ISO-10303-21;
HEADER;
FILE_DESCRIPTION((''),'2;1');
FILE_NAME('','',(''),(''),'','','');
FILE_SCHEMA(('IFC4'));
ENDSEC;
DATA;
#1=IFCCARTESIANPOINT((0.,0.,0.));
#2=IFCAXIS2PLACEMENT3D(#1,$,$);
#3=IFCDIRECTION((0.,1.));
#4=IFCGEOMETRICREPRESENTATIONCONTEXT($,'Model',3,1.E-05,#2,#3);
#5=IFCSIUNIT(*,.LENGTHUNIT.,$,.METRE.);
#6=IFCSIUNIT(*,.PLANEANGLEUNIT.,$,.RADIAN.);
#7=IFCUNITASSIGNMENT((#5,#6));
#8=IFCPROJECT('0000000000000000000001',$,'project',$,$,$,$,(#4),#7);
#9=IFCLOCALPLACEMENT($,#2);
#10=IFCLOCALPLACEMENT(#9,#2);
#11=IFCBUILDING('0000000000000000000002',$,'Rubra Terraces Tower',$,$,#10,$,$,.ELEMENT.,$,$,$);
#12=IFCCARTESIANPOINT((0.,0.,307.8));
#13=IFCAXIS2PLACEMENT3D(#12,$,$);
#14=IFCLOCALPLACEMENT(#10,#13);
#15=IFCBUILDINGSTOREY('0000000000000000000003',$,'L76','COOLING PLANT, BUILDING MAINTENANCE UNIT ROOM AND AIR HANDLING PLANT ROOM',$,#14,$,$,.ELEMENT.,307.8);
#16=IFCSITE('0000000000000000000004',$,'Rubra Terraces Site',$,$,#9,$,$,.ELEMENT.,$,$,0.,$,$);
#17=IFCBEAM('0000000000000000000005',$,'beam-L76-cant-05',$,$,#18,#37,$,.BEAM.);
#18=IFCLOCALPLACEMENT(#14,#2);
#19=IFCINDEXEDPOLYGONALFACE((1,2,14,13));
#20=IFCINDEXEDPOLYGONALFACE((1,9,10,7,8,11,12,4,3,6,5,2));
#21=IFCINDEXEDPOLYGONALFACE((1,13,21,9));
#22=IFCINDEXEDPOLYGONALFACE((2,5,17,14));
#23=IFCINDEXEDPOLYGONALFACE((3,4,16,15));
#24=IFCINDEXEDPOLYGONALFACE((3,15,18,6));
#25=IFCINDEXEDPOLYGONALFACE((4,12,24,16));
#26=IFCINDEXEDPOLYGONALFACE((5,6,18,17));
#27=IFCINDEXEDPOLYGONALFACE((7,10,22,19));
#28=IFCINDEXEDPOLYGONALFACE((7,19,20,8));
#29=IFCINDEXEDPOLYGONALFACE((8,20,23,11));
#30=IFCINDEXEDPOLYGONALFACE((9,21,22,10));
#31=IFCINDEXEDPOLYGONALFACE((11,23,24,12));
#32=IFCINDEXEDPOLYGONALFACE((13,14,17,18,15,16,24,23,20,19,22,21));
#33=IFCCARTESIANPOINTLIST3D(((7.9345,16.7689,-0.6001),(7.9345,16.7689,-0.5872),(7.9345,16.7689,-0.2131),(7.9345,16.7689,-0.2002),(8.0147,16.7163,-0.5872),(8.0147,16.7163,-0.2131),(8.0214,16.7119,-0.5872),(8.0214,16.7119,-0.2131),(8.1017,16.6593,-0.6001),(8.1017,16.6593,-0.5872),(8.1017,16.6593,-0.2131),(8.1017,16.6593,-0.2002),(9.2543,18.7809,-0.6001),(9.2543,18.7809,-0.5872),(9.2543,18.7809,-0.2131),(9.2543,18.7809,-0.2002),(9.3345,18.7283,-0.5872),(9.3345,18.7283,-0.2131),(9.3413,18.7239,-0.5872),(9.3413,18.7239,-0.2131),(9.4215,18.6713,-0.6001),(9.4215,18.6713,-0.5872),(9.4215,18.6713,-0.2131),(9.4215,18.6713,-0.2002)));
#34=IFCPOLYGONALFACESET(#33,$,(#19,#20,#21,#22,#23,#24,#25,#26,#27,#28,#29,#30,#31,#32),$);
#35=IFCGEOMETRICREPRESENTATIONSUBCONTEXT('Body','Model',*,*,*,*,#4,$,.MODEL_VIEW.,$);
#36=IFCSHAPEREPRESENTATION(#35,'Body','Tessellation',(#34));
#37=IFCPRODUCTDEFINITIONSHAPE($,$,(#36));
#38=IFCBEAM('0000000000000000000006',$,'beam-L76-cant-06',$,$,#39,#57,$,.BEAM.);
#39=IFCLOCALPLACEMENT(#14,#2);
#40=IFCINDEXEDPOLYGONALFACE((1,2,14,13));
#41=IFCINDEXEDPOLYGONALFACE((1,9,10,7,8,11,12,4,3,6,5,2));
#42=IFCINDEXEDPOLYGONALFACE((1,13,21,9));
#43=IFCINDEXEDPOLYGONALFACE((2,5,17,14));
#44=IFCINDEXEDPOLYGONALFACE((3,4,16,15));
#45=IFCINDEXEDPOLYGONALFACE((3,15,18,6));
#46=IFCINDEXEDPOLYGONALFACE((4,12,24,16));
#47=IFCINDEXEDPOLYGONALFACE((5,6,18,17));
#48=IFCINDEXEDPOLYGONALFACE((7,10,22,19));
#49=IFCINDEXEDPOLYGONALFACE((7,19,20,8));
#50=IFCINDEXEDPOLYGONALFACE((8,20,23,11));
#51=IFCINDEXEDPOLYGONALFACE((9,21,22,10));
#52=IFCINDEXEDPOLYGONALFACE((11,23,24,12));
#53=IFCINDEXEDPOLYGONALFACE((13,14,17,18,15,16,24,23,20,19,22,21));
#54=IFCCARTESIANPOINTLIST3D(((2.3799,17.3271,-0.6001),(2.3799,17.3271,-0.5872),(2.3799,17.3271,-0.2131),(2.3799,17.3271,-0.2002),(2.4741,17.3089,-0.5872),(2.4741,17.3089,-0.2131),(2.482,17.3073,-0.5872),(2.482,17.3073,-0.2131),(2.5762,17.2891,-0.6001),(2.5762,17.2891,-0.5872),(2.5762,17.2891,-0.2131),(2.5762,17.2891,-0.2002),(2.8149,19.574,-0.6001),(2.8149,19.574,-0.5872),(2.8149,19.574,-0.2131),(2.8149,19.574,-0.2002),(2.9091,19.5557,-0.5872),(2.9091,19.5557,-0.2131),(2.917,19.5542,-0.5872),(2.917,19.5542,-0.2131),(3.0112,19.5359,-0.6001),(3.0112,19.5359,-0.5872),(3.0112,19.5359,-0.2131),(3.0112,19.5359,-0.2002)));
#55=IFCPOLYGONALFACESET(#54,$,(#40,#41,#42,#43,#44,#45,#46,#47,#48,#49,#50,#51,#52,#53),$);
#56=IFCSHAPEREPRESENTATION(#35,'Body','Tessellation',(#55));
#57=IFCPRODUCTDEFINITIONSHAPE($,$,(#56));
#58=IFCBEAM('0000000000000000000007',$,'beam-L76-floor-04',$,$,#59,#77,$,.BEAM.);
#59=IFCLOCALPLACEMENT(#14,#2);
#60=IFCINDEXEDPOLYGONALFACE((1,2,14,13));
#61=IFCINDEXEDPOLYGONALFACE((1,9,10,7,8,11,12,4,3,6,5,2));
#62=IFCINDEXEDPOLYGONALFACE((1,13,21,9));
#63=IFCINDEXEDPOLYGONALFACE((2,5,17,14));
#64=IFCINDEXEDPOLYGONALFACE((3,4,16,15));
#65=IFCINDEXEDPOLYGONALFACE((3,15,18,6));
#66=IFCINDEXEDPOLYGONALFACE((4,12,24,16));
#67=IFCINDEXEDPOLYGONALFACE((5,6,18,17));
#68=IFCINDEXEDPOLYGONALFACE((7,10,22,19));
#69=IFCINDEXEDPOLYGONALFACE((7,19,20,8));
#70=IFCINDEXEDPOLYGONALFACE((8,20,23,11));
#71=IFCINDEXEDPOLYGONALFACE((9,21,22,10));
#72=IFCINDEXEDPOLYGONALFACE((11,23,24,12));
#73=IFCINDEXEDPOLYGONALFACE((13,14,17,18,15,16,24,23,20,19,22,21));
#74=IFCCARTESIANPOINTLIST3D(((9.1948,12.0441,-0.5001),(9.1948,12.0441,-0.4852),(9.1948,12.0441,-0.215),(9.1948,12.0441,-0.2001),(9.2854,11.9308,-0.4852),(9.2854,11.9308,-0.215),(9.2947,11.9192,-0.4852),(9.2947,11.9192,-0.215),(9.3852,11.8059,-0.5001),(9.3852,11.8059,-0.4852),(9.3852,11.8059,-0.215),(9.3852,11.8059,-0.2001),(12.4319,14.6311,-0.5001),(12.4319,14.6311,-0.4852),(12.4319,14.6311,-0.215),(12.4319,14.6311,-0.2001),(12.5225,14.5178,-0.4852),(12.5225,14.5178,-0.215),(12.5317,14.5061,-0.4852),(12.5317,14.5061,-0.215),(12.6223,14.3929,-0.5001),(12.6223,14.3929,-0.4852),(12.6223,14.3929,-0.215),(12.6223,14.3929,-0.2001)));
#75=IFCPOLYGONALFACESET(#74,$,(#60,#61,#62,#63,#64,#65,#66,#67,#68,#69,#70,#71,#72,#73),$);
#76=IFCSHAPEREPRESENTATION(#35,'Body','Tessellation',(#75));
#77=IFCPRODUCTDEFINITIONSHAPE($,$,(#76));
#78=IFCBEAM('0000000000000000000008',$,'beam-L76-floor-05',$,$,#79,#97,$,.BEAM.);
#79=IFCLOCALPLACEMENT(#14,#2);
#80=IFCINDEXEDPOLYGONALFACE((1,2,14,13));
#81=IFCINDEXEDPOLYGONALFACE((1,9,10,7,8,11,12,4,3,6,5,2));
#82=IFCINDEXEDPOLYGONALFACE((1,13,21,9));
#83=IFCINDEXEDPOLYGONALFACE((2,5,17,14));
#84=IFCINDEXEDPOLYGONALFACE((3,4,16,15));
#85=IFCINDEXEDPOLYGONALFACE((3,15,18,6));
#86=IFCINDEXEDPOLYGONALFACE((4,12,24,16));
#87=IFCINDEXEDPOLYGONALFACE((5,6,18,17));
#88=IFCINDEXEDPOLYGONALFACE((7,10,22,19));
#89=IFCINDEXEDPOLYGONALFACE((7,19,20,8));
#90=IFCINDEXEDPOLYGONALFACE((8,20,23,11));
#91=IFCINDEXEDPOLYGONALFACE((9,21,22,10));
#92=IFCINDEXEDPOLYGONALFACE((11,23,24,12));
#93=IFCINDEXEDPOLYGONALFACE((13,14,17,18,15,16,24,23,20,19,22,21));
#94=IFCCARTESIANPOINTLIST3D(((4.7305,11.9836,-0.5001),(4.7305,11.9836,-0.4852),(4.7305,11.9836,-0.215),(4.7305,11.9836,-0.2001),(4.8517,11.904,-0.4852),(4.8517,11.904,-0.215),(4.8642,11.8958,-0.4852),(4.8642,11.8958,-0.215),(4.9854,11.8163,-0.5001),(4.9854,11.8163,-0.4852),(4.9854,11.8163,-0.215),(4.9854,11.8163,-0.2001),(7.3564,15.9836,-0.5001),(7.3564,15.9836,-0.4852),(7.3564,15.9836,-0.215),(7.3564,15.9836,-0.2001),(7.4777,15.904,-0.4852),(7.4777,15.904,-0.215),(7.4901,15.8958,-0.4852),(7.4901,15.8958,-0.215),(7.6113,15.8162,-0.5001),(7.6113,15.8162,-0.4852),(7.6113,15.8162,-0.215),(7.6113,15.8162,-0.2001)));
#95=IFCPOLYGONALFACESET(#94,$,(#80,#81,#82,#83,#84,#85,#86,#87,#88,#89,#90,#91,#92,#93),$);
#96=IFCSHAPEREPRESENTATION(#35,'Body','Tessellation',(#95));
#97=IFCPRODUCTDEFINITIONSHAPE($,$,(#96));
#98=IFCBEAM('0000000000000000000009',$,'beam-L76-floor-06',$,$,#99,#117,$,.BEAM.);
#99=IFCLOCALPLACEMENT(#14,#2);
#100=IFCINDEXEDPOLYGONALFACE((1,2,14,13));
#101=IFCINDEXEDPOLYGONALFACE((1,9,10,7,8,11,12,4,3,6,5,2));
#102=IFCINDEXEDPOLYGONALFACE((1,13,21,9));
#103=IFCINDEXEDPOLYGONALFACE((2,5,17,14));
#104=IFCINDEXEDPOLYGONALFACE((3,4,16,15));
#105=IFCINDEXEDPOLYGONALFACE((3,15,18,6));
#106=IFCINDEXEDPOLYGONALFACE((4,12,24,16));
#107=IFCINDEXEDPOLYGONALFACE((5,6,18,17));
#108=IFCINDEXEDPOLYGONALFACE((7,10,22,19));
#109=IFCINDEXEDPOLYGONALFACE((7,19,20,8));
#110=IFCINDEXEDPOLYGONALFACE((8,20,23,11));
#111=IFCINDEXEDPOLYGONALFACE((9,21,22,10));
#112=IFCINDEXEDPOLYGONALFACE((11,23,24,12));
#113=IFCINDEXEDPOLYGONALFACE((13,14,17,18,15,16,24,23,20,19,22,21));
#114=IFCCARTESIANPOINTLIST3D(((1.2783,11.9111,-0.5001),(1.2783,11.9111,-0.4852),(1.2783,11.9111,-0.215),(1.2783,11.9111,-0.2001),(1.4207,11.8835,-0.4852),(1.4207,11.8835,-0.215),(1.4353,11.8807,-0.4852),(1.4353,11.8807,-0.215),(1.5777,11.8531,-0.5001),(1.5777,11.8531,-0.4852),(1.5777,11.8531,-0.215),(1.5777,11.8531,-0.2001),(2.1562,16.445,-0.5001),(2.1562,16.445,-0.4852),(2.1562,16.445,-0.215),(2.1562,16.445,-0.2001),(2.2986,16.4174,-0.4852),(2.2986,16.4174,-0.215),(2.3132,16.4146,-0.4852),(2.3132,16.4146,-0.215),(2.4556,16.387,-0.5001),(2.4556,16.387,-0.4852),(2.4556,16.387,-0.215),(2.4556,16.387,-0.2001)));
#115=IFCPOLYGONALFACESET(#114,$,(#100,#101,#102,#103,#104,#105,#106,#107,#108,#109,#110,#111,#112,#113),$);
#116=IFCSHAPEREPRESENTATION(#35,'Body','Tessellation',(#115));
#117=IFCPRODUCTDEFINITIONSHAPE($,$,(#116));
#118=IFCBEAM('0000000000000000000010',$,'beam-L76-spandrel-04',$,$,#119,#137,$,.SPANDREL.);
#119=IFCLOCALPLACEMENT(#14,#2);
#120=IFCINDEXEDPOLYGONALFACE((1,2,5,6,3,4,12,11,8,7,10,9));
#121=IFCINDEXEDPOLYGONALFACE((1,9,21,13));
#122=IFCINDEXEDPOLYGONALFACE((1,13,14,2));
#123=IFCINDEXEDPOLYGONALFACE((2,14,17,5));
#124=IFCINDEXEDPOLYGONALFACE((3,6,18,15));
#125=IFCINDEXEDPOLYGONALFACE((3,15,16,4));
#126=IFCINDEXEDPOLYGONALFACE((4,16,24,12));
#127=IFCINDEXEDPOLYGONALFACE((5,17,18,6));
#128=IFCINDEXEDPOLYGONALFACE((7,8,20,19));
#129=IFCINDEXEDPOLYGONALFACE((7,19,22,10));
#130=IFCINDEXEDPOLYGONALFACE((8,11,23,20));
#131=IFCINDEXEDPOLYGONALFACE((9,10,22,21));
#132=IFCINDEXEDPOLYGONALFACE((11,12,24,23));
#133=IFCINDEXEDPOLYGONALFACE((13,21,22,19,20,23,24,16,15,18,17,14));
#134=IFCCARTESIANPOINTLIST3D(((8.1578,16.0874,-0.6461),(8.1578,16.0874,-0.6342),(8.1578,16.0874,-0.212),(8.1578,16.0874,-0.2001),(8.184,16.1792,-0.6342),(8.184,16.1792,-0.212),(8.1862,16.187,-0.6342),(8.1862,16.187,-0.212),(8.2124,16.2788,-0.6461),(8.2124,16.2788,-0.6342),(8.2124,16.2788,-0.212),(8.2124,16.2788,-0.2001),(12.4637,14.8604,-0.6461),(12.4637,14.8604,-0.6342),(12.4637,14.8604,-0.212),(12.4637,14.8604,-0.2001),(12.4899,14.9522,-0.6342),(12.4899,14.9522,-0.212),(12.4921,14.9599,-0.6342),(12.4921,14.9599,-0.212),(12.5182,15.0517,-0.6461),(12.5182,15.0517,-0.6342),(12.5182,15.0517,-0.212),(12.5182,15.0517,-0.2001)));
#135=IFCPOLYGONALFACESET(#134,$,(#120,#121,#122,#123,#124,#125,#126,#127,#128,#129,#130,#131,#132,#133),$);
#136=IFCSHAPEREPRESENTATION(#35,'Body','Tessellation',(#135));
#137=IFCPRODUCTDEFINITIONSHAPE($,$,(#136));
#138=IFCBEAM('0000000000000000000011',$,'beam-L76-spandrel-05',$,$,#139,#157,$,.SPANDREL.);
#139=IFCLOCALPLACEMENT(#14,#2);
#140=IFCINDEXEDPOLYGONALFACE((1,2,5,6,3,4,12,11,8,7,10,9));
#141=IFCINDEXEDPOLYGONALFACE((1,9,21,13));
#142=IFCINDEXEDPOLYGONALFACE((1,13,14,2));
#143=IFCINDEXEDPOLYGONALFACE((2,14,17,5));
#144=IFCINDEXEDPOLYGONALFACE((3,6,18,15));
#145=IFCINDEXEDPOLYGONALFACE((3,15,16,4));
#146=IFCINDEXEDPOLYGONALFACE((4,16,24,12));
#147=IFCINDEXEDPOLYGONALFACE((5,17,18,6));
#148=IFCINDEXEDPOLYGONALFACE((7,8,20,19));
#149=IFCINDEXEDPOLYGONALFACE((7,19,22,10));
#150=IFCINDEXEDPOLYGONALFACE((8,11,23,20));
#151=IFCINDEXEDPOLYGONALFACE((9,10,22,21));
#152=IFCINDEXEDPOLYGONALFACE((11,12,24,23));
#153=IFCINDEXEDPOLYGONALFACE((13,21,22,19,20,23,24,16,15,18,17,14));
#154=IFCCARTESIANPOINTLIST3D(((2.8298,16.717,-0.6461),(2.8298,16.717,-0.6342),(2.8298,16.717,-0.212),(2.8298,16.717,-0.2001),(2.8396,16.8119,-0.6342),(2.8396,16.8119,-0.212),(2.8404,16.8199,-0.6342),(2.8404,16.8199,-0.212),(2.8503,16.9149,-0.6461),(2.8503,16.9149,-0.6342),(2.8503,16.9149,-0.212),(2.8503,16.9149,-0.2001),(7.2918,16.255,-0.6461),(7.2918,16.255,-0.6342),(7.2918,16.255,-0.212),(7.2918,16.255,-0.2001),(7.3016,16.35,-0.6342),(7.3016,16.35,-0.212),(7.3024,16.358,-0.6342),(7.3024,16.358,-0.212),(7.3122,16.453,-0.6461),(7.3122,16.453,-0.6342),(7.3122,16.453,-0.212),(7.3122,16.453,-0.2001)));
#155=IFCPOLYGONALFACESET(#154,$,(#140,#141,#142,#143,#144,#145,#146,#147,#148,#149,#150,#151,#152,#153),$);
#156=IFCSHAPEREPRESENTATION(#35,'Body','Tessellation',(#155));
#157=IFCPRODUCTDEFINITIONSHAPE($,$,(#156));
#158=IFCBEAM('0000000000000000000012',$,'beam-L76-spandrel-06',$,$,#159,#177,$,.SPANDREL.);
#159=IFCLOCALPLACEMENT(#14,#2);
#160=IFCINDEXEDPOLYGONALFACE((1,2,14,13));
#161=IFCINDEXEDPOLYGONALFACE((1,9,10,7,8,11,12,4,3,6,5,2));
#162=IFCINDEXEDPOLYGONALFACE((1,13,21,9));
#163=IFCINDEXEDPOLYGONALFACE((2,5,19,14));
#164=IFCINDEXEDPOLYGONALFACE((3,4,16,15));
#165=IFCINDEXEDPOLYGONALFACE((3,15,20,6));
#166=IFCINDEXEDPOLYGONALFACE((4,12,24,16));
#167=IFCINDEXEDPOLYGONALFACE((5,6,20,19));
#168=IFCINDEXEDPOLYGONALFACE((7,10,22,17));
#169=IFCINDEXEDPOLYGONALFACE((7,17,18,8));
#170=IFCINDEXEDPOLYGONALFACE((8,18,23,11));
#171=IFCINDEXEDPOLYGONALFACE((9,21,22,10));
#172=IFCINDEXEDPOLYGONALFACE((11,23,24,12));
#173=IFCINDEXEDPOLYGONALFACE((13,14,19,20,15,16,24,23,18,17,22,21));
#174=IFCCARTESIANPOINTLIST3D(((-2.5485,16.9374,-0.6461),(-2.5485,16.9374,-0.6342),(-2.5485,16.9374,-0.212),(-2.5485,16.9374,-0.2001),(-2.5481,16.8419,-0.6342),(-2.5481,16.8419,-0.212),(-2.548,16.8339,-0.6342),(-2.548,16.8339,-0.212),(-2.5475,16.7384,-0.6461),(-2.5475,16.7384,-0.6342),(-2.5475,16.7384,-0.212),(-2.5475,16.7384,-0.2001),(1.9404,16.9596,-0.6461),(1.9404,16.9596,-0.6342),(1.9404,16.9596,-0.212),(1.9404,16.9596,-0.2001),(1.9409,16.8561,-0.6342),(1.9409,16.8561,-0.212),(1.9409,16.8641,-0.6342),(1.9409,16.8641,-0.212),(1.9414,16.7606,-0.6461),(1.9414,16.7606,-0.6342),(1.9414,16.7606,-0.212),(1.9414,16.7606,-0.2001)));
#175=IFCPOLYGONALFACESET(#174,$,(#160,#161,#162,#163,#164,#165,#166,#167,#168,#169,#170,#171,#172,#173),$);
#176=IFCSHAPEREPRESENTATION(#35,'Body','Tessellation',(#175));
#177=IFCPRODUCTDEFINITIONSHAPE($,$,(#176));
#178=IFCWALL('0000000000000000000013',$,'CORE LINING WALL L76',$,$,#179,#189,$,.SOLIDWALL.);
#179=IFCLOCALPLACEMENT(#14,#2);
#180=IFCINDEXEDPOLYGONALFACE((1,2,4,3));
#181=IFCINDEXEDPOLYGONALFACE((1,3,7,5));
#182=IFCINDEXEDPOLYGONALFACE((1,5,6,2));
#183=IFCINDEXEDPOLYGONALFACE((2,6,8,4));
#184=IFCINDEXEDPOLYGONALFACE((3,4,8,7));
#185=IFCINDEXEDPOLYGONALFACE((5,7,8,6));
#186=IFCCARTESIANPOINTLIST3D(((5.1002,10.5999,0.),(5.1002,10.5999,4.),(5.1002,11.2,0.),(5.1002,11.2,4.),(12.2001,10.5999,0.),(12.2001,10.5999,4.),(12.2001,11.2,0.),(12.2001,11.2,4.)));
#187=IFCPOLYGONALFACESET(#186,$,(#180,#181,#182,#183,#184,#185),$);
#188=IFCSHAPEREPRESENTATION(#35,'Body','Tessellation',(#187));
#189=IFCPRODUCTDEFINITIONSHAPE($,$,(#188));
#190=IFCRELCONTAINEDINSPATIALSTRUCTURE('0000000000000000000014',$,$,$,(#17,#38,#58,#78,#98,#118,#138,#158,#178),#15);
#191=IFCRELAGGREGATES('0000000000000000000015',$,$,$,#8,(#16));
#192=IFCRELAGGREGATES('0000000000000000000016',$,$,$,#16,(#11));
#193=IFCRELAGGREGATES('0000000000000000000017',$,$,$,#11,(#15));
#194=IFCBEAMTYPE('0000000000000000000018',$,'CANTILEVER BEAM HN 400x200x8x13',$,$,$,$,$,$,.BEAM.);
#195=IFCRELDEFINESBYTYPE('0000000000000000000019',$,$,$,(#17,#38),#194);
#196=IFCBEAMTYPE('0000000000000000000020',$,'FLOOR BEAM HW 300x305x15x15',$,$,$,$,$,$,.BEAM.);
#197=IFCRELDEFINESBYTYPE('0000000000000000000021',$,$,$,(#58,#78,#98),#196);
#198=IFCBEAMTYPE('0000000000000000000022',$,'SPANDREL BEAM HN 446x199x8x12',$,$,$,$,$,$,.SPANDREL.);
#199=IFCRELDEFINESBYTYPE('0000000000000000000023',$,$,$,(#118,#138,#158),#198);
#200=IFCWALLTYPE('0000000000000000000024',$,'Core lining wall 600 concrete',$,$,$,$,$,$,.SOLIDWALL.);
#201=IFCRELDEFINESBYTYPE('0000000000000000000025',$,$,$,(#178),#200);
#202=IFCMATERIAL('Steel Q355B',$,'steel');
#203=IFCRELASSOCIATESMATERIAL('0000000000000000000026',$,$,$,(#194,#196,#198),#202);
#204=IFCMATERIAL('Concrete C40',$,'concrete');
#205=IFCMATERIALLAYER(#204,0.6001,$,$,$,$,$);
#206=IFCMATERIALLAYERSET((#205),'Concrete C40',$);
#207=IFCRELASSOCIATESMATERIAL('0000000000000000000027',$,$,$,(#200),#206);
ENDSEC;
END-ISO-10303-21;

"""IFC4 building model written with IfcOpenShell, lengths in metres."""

from ifc_helpers import new_model, si_unit, direction, frame, frame_2d, origin, origin_2d, place, context, subcontext, project, spatial, rectangle, i_section, extrude, material, layer, layer_set, material_profile, profile_set, type_object, element, save


model = new_model("IFC4")

# Units and contexts
model_context = context("Model", 3, precision=1e-05, world=origin(), true_north=direction((0.0, 1.0)))
body_context = subcontext(model_context, "Body", "Model", "MODEL_VIEW")
ifc_project = project(units=[si_unit("LENGTHUNIT", "METRE"), si_unit("PLANEANGLEUNIT", "RADIAN")], contexts=[model_context])

# Site, building, storey
site_placement = place(None, origin())
site = spatial("IfcSite", under=ifc_project, at=site_placement, Name="Rubra Terraces Site", CompositionType="ELEMENT", RefElevation=0.0)
building_placement = place(site_placement, origin())
building = spatial("IfcBuilding", under=site, at=building_placement, Name="Rubra Terraces Tower", CompositionType="ELEMENT")
storey_placement = place(building_placement, frame((0.0, 0.0, 307.8)))
storey = spatial("IfcBuildingStorey", under=building, at=storey_placement, Name="L76", Description="COOLING PLANT, BUILDING MAINTENANCE UNIT ROOM AND AIR HANDLING PLANT ROOM", CompositionType="ELEMENT", Elevation=307.8)

# Beams
ifc_material_1 = material(Name="Steel Q355B", Category="steel")
ifc_material_profile_1 = material_profile(ifc_material_1, i_section(OverallWidth=0.2, OverallDepth=0.3999, WebThickness=0.0081, FlangeThickness=0.0129, at=origin_2d()), Name="HN 400x200x8x13")
ifc_profile_set_1 = profile_set([ifc_material_profile_1], Name="Steel Q355B")
beam_type_1 = type_object("IfcBeamType", Name="CANTILEVER BEAM HN 400x200x8x13", PredefinedType="BEAM", material=ifc_profile_set_1)
beam_1_placement = place(storey_placement, frame((8.0181, 16.7141, -0.4001), z_axis=(0.548504, 0.836148, 0.0), x_axis=(-0.836148, 0.548504, 0.0)))
element("IfcBeam", 1, at=beam_1_placement, inside=storey, type_object=beam_type_1, Name="beam-L76-cant-05", PredefinedType="BEAM", context=body_context, shape_type="SweptSolid", body=[
    extrude(i_section(OverallWidth=0.2, OverallDepth=0.3999, WebThickness=0.0081, FlangeThickness=0.0129, at=origin_2d()), origin(), (0.0, 0.0, 1.0), 2.4062),
])
beam_2_placement = place(storey_placement, frame((2.478, 17.3081, -0.4001), z_axis=(0.190102, 0.981764, 0.0), x_axis=(-0.981764, 0.190102, 0.0)))
element("IfcBeam", 2, at=beam_2_placement, inside=storey, type_object=beam_type_1, Name="beam-L76-cant-06", PredefinedType="BEAM", context=body_context, shape_type="SweptSolid", body=[
    extrude(i_section(OverallWidth=0.2, OverallDepth=0.3999, WebThickness=0.0081, FlangeThickness=0.0129, at=origin_2d()), origin(), (0.0, 0.0, 1.0), 2.2886),
])
ifc_material_profile_2 = material_profile(ifc_material_1, i_section(OverallWidth=0.3049, OverallDepth=0.3, WebThickness=0.0149, FlangeThickness=0.0149, at=origin_2d()), Name="HW 300x305x15x15")
ifc_profile_set_2 = profile_set([ifc_material_profile_2], Name="Steel Q355B")
beam_type_2 = type_object("IfcBeamType", Name="FLOOR BEAM HW 300x305x15x15", PredefinedType="BEAM", material=ifc_profile_set_2)
beam_3_placement = place(storey_placement, frame((12.5271, 14.512, -0.3501), z_axis=(-0.781191, -0.624293, 0.0), x_axis=(0.624293, -0.781191, 0.0)))
element("IfcBeam", 3, at=beam_3_placement, inside=storey, type_object=beam_type_2, Name="beam-L76-floor-04", PredefinedType="BEAM", context=body_context, shape_type="SweptSolid", body=[
    extrude(i_section(OverallWidth=0.3049, OverallDepth=0.3, WebThickness=0.0149, FlangeThickness=0.0149, at=origin_2d()), origin(), (0.0, 0.0, 1.0), 4.1438),
])
beam_4_placement = place(storey_placement, frame((7.4839, 15.8999, -0.3501), z_axis=(-0.548799, -0.835954, 0.0), x_axis=(0.835954, -0.548799, 0.0)))
element("IfcBeam", 4, at=beam_4_placement, inside=storey, type_object=beam_type_2, Name="beam-L76-floor-05", PredefinedType="BEAM", context=body_context, shape_type="SweptSolid", body=[
    extrude(i_section(OverallWidth=0.3049, OverallDepth=0.3, WebThickness=0.0149, FlangeThickness=0.0149, at=origin_2d()), origin(), (0.0, 0.0, 1.0), 4.7849),
])
beam_5_placement = place(storey_placement, frame((2.3059, 16.416, -0.3501), z_axis=(-0.190104, -0.981764, 0.0), x_axis=(0.981764, -0.190104, 0.0)))
element("IfcBeam", 5, at=beam_5_placement, inside=storey, type_object=beam_type_2, Name="beam-L76-floor-06", PredefinedType="BEAM", context=body_context, shape_type="SweptSolid", body=[
    extrude(i_section(OverallWidth=0.3049, OverallDepth=0.3, WebThickness=0.0149, FlangeThickness=0.0149, at=origin_2d()), origin(), (0.0, 0.0, 1.0), 4.6182),
])
ifc_material_profile_3 = material_profile(ifc_material_1, i_section(OverallWidth=0.199, OverallDepth=0.446, WebThickness=0.0081, FlangeThickness=0.012, at=origin_2d()), Name="HN 446x199x8x12")
ifc_profile_set_3 = profile_set([ifc_material_profile_3], Name="Steel Q355B")
beam_type_3 = type_object("IfcBeamType", Name="SPANDREL BEAM HN 446x199x8x12", PredefinedType="SPANDREL", material=ifc_profile_set_3)
beam_6_placement = place(storey_placement, frame((12.491, 14.9561, -0.4231), z_axis=(-0.961713, 0.274058, 0.0), x_axis=(-0.274058, -0.961713, 0.0)))
element("IfcBeam", 6, at=beam_6_placement, inside=storey, type_object=beam_type_3, Name="beam-L76-spandrel-04", PredefinedType="SPANDREL", context=body_context, shape_type="SweptSolid", body=[
    extrude(i_section(OverallWidth=0.199, OverallDepth=0.446, WebThickness=0.0081, FlangeThickness=0.012, at=origin_2d()), origin(), (0.0, 0.0, 1.0), 4.4773),
])
beam_7_placement = place(storey_placement, frame((7.302, 16.354, -0.4231), z_axis=(-0.994684, 0.102973, 0.0), x_axis=(-0.102973, -0.994684, 0.0)))
element("IfcBeam", 7, at=beam_7_placement, inside=storey, type_object=beam_type_3, Name="beam-L76-spandrel-05", PredefinedType="SPANDREL", context=body_context, shape_type="SweptSolid", body=[
    extrude(i_section(OverallWidth=0.199, OverallDepth=0.446, WebThickness=0.0081, FlangeThickness=0.012, at=origin_2d()), origin(), (0.0, 0.0, 1.0), 4.4858),
])
beam_8_placement = place(storey_placement, frame((1.9409, 16.8601, -0.4231), z_axis=(-0.999988, -0.004949, 0.0), x_axis=(0.004949, -0.999988, 0.0)))
element("IfcBeam", 8, at=beam_8_placement, inside=storey, type_object=beam_type_3, Name="beam-L76-spandrel-06", PredefinedType="SPANDREL", context=body_context, shape_type="SweptSolid", body=[
    extrude(i_section(OverallWidth=0.199, OverallDepth=0.446, WebThickness=0.0081, FlangeThickness=0.012, at=origin_2d()), origin(), (0.0, 0.0, 1.0), 4.489),
])

# Wall
ifc_material_2 = material(Name="Concrete C40", Category="concrete")
ifc_layer_1 = layer(ifc_material_2, 0.6001)
ifc_layer_set_1 = layer_set([ifc_layer_1], Name="Concrete C40")
wall_type_1 = type_object("IfcWallType", Name="Core lining wall 600 concrete", PredefinedType="SOLIDWALL", material=ifc_layer_set_1)
wall_1_placement = place(storey_placement, frame((12.2, 10.8999, 0.0), z_axis=(0.0, 0.0, 1.0), x_axis=(-1.0, 0.0, 0.0)))
element("IfcWall", 9, at=wall_1_placement, inside=storey, type_object=wall_type_1, Name="CORE LINING WALL L76", PredefinedType="SOLIDWALL", context=body_context, shape_type="SweptSolid", body=[
    extrude(rectangle(XDim=7.0999, YDim=0.6001, at=frame_2d((3.5498, 0.0))), origin(), (0.0, 0.0, 1.0), 4.0),
])

save(model, "model.ifc")
